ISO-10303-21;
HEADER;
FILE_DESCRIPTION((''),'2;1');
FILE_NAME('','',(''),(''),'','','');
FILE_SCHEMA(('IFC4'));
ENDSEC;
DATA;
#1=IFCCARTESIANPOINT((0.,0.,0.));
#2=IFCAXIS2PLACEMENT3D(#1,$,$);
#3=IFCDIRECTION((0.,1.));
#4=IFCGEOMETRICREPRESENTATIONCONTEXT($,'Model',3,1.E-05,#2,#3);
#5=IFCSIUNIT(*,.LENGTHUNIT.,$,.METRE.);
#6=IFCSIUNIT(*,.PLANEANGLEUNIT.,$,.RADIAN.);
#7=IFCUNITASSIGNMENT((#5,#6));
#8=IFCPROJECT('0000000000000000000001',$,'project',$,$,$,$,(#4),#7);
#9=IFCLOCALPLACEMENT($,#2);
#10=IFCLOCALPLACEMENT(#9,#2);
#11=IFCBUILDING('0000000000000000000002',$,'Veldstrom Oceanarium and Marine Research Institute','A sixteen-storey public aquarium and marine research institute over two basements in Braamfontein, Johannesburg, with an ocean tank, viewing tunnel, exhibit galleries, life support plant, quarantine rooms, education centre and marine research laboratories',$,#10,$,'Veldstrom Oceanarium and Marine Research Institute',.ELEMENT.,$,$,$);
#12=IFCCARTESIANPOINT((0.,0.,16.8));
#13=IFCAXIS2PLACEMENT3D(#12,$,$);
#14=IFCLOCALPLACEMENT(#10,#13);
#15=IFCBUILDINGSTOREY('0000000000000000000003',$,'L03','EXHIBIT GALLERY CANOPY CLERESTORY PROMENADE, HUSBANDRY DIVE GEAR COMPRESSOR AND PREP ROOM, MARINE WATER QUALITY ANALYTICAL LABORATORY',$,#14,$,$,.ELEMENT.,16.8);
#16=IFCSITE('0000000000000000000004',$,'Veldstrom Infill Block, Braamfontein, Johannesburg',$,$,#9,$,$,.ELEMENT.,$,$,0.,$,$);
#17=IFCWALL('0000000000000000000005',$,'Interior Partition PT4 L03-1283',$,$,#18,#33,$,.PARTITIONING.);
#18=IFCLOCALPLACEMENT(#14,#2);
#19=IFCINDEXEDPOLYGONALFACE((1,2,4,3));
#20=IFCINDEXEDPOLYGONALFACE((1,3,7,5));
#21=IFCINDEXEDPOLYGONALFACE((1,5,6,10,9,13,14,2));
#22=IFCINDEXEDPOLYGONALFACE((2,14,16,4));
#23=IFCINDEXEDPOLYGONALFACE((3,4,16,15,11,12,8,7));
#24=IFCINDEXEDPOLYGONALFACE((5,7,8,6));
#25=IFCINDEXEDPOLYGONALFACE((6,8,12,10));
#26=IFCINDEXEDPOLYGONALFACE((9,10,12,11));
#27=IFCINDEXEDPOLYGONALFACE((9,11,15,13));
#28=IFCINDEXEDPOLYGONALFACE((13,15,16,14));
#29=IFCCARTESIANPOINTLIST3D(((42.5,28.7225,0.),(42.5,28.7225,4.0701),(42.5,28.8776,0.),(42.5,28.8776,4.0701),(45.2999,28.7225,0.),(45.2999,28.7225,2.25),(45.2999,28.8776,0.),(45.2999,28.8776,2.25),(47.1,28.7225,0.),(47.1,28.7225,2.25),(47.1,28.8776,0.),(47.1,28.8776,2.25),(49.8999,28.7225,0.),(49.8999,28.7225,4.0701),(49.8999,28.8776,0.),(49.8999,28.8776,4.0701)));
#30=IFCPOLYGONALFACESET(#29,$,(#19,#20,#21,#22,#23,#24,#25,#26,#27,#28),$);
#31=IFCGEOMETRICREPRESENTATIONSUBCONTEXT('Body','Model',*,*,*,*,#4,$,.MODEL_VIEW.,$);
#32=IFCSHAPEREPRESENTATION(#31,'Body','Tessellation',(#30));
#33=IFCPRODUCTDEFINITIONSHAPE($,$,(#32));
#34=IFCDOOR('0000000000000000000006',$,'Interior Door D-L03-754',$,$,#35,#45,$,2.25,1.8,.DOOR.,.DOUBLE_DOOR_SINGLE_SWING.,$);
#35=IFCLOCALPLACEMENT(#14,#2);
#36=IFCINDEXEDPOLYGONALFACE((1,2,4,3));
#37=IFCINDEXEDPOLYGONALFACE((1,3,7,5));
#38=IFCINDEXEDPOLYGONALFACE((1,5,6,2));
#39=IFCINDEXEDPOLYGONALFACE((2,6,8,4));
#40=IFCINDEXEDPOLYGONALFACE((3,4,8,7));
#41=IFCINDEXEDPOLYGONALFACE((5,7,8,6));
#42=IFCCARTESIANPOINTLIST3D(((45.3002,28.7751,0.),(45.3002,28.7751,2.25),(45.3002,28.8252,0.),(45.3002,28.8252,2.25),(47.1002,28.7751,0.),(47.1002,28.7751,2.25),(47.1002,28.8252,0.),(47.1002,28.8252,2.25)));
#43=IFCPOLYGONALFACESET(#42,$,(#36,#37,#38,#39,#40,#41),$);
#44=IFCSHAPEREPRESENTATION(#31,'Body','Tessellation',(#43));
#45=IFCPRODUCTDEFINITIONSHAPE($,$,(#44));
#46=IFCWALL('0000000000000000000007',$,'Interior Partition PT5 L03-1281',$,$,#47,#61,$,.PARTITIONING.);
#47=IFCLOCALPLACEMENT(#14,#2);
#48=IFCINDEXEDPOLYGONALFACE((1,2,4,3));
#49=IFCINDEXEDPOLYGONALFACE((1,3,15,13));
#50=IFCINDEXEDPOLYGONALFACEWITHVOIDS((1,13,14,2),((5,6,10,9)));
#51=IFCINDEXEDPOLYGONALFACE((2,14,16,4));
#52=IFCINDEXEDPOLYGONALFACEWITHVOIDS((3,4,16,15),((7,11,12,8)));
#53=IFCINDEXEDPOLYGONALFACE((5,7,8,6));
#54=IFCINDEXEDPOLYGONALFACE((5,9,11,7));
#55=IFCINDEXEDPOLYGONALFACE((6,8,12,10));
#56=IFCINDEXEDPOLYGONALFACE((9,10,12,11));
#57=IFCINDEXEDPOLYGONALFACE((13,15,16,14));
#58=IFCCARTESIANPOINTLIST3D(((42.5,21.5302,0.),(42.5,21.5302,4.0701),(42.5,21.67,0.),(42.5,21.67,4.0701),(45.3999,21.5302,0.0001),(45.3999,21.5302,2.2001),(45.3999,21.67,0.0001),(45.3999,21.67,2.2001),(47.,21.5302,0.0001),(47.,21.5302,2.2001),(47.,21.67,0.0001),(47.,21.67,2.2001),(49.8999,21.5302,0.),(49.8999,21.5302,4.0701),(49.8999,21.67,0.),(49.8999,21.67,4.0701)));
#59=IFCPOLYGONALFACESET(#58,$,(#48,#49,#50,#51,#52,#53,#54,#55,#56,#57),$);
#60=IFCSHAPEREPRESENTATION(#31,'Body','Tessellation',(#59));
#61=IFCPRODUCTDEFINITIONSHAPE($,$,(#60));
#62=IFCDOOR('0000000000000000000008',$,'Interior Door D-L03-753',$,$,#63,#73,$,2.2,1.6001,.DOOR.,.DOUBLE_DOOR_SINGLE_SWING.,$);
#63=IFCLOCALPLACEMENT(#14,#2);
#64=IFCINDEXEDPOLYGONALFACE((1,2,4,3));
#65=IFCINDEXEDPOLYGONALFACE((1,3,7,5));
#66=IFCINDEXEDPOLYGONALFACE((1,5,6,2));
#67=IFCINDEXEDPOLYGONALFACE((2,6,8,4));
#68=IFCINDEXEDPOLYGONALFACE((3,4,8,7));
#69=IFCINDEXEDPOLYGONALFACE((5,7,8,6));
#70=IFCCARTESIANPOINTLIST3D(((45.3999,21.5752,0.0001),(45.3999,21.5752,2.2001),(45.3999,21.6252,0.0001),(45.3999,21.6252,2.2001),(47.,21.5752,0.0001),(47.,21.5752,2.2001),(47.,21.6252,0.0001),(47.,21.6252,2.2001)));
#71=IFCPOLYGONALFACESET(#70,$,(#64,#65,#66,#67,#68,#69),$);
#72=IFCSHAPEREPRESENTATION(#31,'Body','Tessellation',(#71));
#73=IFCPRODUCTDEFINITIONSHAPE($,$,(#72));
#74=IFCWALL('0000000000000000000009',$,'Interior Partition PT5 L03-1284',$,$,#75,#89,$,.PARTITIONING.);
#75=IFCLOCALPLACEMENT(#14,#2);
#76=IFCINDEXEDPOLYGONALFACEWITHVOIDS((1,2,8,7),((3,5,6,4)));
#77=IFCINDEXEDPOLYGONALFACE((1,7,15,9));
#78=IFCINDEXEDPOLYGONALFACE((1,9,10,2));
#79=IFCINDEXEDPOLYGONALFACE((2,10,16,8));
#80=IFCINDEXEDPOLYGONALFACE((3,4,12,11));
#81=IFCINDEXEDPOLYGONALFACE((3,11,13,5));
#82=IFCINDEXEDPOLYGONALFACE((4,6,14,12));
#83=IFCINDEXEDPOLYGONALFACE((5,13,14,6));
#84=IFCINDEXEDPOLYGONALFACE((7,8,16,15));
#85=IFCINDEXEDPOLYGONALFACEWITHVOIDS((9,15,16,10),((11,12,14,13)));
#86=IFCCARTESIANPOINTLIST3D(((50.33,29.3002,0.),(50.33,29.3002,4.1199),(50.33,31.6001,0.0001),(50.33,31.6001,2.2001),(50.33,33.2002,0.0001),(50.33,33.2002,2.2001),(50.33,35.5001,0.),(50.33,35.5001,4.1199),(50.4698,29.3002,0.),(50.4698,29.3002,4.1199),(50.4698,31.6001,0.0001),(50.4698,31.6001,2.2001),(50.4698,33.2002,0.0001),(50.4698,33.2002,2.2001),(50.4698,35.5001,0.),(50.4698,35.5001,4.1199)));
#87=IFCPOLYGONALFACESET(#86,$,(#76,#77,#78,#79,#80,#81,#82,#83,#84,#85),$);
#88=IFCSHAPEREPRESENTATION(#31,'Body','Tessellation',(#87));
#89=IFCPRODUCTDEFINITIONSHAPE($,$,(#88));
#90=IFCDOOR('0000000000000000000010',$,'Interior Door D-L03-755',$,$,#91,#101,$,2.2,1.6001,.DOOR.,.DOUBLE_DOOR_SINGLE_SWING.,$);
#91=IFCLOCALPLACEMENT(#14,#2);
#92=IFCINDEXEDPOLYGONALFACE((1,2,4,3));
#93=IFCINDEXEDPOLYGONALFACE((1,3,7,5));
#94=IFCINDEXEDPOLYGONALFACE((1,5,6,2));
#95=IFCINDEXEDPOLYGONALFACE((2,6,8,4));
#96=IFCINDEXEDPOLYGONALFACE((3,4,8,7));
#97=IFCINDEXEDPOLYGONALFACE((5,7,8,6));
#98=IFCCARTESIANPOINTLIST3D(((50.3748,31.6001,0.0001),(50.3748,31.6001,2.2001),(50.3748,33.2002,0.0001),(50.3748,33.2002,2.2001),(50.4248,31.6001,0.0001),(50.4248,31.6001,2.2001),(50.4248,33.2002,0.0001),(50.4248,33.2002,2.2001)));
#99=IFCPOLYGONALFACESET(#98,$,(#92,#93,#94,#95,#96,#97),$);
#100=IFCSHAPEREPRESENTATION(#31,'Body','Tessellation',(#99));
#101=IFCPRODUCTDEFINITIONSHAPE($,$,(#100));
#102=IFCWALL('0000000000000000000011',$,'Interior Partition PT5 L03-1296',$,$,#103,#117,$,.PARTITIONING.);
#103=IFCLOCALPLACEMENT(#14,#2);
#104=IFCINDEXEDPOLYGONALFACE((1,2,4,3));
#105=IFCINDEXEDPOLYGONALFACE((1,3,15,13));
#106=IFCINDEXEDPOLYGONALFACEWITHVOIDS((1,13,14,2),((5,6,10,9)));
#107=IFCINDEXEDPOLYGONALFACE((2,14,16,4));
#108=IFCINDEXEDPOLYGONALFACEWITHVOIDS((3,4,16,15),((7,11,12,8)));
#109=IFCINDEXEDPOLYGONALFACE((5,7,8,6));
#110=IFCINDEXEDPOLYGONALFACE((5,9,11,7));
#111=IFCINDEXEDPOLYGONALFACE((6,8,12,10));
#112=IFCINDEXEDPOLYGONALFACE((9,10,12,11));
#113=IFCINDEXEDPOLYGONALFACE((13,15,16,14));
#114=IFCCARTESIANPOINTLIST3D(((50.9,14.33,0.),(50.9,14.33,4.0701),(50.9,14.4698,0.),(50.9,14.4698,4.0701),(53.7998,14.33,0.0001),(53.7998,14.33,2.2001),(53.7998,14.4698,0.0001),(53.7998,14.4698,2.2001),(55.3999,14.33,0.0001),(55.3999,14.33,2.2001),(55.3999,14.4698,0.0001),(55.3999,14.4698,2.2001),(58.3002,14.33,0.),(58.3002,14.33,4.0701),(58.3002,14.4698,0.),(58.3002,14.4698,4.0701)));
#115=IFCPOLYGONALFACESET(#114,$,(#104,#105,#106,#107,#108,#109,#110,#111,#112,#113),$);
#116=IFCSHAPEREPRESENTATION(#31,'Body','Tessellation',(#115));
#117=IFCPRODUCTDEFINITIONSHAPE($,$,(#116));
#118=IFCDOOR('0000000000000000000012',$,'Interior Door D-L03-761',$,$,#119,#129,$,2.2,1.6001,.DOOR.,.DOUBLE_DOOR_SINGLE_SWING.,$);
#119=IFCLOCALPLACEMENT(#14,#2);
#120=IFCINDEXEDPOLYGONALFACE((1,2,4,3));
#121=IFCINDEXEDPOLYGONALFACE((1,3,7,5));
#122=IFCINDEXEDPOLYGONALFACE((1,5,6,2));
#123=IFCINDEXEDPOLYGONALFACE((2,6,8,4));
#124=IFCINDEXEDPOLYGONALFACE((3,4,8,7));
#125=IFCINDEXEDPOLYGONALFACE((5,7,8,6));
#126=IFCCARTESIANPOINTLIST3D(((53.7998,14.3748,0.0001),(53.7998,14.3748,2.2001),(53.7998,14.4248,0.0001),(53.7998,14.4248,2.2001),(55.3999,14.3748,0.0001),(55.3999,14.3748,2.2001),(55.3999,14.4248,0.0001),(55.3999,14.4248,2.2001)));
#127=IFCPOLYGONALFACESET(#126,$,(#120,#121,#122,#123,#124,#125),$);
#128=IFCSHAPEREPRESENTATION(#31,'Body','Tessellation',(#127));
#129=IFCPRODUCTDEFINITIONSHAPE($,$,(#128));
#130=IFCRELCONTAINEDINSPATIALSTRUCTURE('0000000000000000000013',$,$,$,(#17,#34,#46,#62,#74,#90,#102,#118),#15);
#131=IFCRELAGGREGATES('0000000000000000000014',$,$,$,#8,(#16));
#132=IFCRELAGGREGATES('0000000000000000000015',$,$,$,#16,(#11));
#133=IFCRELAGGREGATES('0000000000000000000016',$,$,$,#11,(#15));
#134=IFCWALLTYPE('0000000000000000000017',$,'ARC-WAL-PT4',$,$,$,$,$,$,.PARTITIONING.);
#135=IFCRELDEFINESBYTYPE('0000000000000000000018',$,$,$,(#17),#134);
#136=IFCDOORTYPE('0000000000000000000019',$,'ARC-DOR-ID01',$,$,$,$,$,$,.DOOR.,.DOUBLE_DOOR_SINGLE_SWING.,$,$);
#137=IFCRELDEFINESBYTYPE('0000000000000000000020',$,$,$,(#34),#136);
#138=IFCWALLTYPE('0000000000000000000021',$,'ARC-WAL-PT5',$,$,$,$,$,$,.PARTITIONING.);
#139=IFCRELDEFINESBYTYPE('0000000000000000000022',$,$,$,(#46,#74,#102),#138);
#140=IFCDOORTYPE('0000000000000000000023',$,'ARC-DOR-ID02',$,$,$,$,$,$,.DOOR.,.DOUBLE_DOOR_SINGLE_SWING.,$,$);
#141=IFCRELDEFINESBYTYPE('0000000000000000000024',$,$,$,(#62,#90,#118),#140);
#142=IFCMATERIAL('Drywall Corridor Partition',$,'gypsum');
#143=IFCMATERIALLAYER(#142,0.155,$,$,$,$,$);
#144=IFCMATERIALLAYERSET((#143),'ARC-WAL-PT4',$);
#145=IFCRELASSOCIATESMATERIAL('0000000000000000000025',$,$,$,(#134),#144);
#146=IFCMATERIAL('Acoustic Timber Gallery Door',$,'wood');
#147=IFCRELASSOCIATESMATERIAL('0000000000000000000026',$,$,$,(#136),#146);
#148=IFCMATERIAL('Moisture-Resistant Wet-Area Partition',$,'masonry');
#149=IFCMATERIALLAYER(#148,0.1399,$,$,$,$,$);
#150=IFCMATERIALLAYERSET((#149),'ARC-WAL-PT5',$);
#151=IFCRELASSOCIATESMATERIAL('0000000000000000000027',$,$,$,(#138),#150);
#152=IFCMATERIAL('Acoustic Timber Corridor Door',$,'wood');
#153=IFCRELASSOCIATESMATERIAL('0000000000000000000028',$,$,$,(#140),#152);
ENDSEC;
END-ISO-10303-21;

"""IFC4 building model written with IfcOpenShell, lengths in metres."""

from ifc_helpers import new_model, si_unit, direction, frame, frame_2d, origin, place, context, subcontext, project, spatial, rectangle, extrude, material, layer, layer_set, type_object, element, fill, save


model = new_model("IFC4")

# Units and contexts
model_context = context("Model", 3, precision=1e-05, world=origin(), true_north=direction((0.0, 1.0)))
body_context = subcontext(model_context, "Body", "Model", "MODEL_VIEW")
ifc_project = project(units=[si_unit("LENGTHUNIT", "METRE"), si_unit("PLANEANGLEUNIT", "RADIAN")], contexts=[model_context])

# Site, building, storey
site_placement = place(None, origin())
site = spatial("IfcSite", under=ifc_project, at=site_placement, Name="Veldstrom Infill Block, Braamfontein, Johannesburg", CompositionType="ELEMENT", RefElevation=0.0)
building_placement = place(site_placement, origin())
building = spatial("IfcBuilding", under=site, at=building_placement, Name="Veldstrom Oceanarium and Marine Research Institute", Description="A sixteen-storey public aquarium and marine research institute over two basements in Braamfontein, Johannesburg, with an ocean tank, viewing tunnel, exhibit galleries, life support plant, quarantine rooms, education centre and marine research laboratories", LongName="Veldstrom Oceanarium and Marine Research Institute", CompositionType="ELEMENT")
storey_placement = place(building_placement, frame((0.0, 0.0, 16.8)))
storey = spatial("IfcBuildingStorey", under=building, at=storey_placement, Name="L03", Description="EXHIBIT GALLERY CANOPY CLERESTORY PROMENADE, HUSBANDRY DIVE GEAR COMPRESSOR AND PREP ROOM, MARINE WATER QUALITY ANALYTICAL LABORATORY", CompositionType="ELEMENT", Elevation=16.8)

# Walls, openings, doors
ifc_material_1 = material(Name="Drywall Corridor Partition", Category="gypsum")
ifc_layer_1 = layer(ifc_material_1, 0.155)
ifc_layer_set_1 = layer_set([ifc_layer_1], Name="ARC-WAL-PT4")
wall_type_1 = type_object("IfcWallType", Name="ARC-WAL-PT4", PredefinedType="PARTITIONING", material=ifc_layer_set_1)
wall_1_placement = place(storey_placement, frame((42.5, 28.8, 0.0), z_axis=(0.0, 0.0, 1.0), x_axis=(1.0, 0.0, 0.0)))
wall_1 = element("IfcWall", 1, at=wall_1_placement, inside=storey, type_object=wall_type_1, Name="Interior Partition PT4 L03-1283", PredefinedType="PARTITIONING", context=body_context, shape_type="SweptSolid", body=[
    extrude(rectangle(XDim=7.3999, YDim=0.155, at=frame_2d((3.7, 0.0))), origin(), (0.0, 0.0, 1.0), 4.0701),
])
opening_1_placement = place(wall_1_placement, frame((2.8, 0.0, 0.0)))
opening_1 = element("IfcOpeningElement", 2, at=opening_1_placement, cuts=wall_1, PredefinedType="OPENING", context=body_context, shape_type="SweptSolid", body=[
    extrude(rectangle(XDim=1.8, YDim=2.25, at=frame_2d((0.8999, 1.125))), frame((0.0, 0.0874, 0.0), z_axis=(0.0, -1.0, 0.0), x_axis=(1.0, 0.0, 0.0)), (0.0, 0.0, 1.0), 0.175),
])
ifc_material_2 = material(Name="Acoustic Timber Gallery Door", Category="wood")
door_type_1 = type_object("IfcDoorType", Name="ARC-DOR-ID01", OperationType="DOUBLE_DOOR_SINGLE_SWING", PredefinedType="DOOR", material=ifc_material_2)
door_1_placement = place(opening_1_placement, frame((1.8, 0.0, 0.0), z_axis=(0.0, 0.0, 1.0), x_axis=(-1.0, 0.0, 0.0)))
door_1 = element("IfcDoor", 3, at=door_1_placement, inside=storey, type_object=door_type_1, Name="Interior Door D-L03-754", OperationType="DOUBLE_DOOR_SINGLE_SWING", OverallHeight=2.25, OverallWidth=1.8, PredefinedType="DOOR", context=body_context, shape_type="SweptSolid", body=[
    extrude(rectangle(XDim=1.8, YDim=2.25, at=frame_2d((0.8999, 1.125))), frame((0.0, 0.0249, 0.0), z_axis=(0.0, -1.0, 0.0), x_axis=(1.0, 0.0, 0.0)), (0.0, 0.0, 1.0), 0.05),
])
fill(opening_1, door_1)
ifc_material_3 = material(Name="Moisture-Resistant Wet-Area Partition", Category="masonry")
ifc_layer_2 = layer(ifc_material_3, 0.1399)
ifc_layer_set_2 = layer_set([ifc_layer_2], Name="ARC-WAL-PT5")
wall_type_2 = type_object("IfcWallType", Name="ARC-WAL-PT5", PredefinedType="PARTITIONING", material=ifc_layer_set_2)
wall_2_placement = place(storey_placement, frame((42.5, 21.6001, 0.0), z_axis=(0.0, 0.0, 1.0), x_axis=(1.0, 0.0, 0.0)))
wall_2 = element("IfcWall", 4, at=wall_2_placement, inside=storey, type_object=wall_type_2, Name="Interior Partition PT5 L03-1281", PredefinedType="PARTITIONING", context=body_context, shape_type="SweptSolid", body=[
    extrude(rectangle(XDim=7.3999, YDim=0.1399, at=frame_2d((3.7, 0.0))), origin(), (0.0, 0.0, 1.0), 4.0701),
])
opening_2_placement = place(wall_2_placement, frame((2.8999, 0.0, 0.0)))
opening_2 = element("IfcOpeningElement", 5, at=opening_2_placement, cuts=wall_2, PredefinedType="OPENING", context=body_context, shape_type="SweptSolid", body=[
    extrude(rectangle(XDim=1.6001, YDim=2.2, at=frame_2d((0.8, 1.1001))), frame((0.0, 0.0798, 0.0), z_axis=(0.0, -1.0, 0.0), x_axis=(1.0, 0.0, 0.0)), (0.0, 0.0, 1.0), 0.1599),
])
ifc_material_4 = material(Name="Acoustic Timber Corridor Door", Category="wood")
door_type_2 = type_object("IfcDoorType", Name="ARC-DOR-ID02", OperationType="DOUBLE_DOOR_SINGLE_SWING", PredefinedType="DOOR", material=ifc_material_4)
door_2_placement = place(opening_2_placement, frame((1.6001, 0.0, 0.0), z_axis=(0.0, 0.0, 1.0), x_axis=(-1.0, 0.0, 0.0)))
door_2 = element("IfcDoor", 6, at=door_2_placement, inside=storey, type_object=door_type_2, Name="Interior Door D-L03-753", OperationType="DOUBLE_DOOR_SINGLE_SWING", OverallHeight=2.2, OverallWidth=1.6001, PredefinedType="DOOR", context=body_context, shape_type="SweptSolid", body=[
    extrude(rectangle(XDim=1.6001, YDim=2.2, at=frame_2d((0.8, 1.1001))), frame((0.0, 0.0249, 0.0), z_axis=(0.0, -1.0, 0.0), x_axis=(1.0, 0.0, 0.0)), (0.0, 0.0, 1.0), 0.05),
])
fill(opening_2, door_2)
wall_3_placement = place(storey_placement, frame((50.3999, 29.3, 0.0), z_axis=(0.0, 0.0, 1.0), x_axis=(0.0, 1.0, 0.0)))
wall_3 = element("IfcWall", 7, at=wall_3_placement, inside=storey, type_object=wall_type_2, Name="Interior Partition PT5 L03-1284", PredefinedType="PARTITIONING", context=body_context, shape_type="SweptSolid", body=[
    extrude(rectangle(XDim=6.2, YDim=0.1399, at=frame_2d((3.1001, 0.0))), origin(), (0.0, 0.0, 1.0), 4.1199),
])
opening_3_placement = place(wall_3_placement, frame((2.3, 0.0, 0.0)))
opening_3 = element("IfcOpeningElement", 8, at=opening_3_placement, cuts=wall_3, PredefinedType="OPENING", context=body_context, shape_type="SweptSolid", body=[
    extrude(rectangle(XDim=1.6001, YDim=2.2, at=frame_2d((0.8, 1.1001))), frame((0.0, 0.0798, 0.0), z_axis=(0.0, -1.0, 0.0), x_axis=(1.0, 0.0, 0.0)), (0.0, 0.0, 1.0), 0.1599),
])
door_3_placement = place(opening_3_placement, frame((1.6001, 0.0, 0.0), z_axis=(0.0, 0.0, 1.0), x_axis=(-1.0, 0.0, 0.0)))
door_3 = element("IfcDoor", 9, at=door_3_placement, inside=storey, type_object=door_type_2, Name="Interior Door D-L03-755", OperationType="DOUBLE_DOOR_SINGLE_SWING", OverallHeight=2.2, OverallWidth=1.6001, PredefinedType="DOOR", context=body_context, shape_type="SweptSolid", body=[
    extrude(rectangle(XDim=1.6001, YDim=2.2, at=frame_2d((0.8, 1.1001))), frame((0.0, 0.0249, 0.0), z_axis=(0.0, -1.0, 0.0), x_axis=(1.0, 0.0, 0.0)), (0.0, 0.0, 1.0), 0.05),
])
fill(opening_3, door_3)
wall_4_placement = place(storey_placement, frame((50.8999, 14.3999, 0.0), z_axis=(0.0, 0.0, 1.0), x_axis=(1.0, 0.0, 0.0)))
wall_4 = element("IfcWall", 10, at=wall_4_placement, inside=storey, type_object=wall_type_2, Name="Interior Partition PT5 L03-1296", PredefinedType="PARTITIONING", context=body_context, shape_type="SweptSolid", body=[
    extrude(rectangle(XDim=7.4001, YDim=0.1399, at=frame_2d((3.7002, 0.0))), origin(), (0.0, 0.0, 1.0), 4.0701),
])
opening_4_placement = place(wall_4_placement, frame((2.8999, 0.0, 0.0)))
opening_4 = element("IfcOpeningElement", 11, at=opening_4_placement, cuts=wall_4, PredefinedType="OPENING", context=body_context, shape_type="SweptSolid", body=[
    extrude(rectangle(XDim=1.6001, YDim=2.2, at=frame_2d((0.8, 1.1001))), frame((0.0, 0.0798, 0.0), z_axis=(0.0, -1.0, 0.0), x_axis=(1.0, 0.0, 0.0)), (0.0, 0.0, 1.0), 0.1599),
])
door_4_placement = place(opening_4_placement, origin())
door_4 = element("IfcDoor", 12, at=door_4_placement, inside=storey, type_object=door_type_2, Name="Interior Door D-L03-761", OperationType="DOUBLE_DOOR_SINGLE_SWING", OverallHeight=2.2, OverallWidth=1.6001, PredefinedType="DOOR", context=body_context, shape_type="SweptSolid", body=[
    extrude(rectangle(XDim=1.6001, YDim=2.2, at=frame_2d((0.8, 1.1001))), frame((0.0, 0.0249, 0.0), z_axis=(0.0, -1.0, 0.0), x_axis=(1.0, 0.0, 0.0)), (0.0, 0.0, 1.0), 0.05),
])
fill(opening_4, door_4)

save(model, "model.ifc")
